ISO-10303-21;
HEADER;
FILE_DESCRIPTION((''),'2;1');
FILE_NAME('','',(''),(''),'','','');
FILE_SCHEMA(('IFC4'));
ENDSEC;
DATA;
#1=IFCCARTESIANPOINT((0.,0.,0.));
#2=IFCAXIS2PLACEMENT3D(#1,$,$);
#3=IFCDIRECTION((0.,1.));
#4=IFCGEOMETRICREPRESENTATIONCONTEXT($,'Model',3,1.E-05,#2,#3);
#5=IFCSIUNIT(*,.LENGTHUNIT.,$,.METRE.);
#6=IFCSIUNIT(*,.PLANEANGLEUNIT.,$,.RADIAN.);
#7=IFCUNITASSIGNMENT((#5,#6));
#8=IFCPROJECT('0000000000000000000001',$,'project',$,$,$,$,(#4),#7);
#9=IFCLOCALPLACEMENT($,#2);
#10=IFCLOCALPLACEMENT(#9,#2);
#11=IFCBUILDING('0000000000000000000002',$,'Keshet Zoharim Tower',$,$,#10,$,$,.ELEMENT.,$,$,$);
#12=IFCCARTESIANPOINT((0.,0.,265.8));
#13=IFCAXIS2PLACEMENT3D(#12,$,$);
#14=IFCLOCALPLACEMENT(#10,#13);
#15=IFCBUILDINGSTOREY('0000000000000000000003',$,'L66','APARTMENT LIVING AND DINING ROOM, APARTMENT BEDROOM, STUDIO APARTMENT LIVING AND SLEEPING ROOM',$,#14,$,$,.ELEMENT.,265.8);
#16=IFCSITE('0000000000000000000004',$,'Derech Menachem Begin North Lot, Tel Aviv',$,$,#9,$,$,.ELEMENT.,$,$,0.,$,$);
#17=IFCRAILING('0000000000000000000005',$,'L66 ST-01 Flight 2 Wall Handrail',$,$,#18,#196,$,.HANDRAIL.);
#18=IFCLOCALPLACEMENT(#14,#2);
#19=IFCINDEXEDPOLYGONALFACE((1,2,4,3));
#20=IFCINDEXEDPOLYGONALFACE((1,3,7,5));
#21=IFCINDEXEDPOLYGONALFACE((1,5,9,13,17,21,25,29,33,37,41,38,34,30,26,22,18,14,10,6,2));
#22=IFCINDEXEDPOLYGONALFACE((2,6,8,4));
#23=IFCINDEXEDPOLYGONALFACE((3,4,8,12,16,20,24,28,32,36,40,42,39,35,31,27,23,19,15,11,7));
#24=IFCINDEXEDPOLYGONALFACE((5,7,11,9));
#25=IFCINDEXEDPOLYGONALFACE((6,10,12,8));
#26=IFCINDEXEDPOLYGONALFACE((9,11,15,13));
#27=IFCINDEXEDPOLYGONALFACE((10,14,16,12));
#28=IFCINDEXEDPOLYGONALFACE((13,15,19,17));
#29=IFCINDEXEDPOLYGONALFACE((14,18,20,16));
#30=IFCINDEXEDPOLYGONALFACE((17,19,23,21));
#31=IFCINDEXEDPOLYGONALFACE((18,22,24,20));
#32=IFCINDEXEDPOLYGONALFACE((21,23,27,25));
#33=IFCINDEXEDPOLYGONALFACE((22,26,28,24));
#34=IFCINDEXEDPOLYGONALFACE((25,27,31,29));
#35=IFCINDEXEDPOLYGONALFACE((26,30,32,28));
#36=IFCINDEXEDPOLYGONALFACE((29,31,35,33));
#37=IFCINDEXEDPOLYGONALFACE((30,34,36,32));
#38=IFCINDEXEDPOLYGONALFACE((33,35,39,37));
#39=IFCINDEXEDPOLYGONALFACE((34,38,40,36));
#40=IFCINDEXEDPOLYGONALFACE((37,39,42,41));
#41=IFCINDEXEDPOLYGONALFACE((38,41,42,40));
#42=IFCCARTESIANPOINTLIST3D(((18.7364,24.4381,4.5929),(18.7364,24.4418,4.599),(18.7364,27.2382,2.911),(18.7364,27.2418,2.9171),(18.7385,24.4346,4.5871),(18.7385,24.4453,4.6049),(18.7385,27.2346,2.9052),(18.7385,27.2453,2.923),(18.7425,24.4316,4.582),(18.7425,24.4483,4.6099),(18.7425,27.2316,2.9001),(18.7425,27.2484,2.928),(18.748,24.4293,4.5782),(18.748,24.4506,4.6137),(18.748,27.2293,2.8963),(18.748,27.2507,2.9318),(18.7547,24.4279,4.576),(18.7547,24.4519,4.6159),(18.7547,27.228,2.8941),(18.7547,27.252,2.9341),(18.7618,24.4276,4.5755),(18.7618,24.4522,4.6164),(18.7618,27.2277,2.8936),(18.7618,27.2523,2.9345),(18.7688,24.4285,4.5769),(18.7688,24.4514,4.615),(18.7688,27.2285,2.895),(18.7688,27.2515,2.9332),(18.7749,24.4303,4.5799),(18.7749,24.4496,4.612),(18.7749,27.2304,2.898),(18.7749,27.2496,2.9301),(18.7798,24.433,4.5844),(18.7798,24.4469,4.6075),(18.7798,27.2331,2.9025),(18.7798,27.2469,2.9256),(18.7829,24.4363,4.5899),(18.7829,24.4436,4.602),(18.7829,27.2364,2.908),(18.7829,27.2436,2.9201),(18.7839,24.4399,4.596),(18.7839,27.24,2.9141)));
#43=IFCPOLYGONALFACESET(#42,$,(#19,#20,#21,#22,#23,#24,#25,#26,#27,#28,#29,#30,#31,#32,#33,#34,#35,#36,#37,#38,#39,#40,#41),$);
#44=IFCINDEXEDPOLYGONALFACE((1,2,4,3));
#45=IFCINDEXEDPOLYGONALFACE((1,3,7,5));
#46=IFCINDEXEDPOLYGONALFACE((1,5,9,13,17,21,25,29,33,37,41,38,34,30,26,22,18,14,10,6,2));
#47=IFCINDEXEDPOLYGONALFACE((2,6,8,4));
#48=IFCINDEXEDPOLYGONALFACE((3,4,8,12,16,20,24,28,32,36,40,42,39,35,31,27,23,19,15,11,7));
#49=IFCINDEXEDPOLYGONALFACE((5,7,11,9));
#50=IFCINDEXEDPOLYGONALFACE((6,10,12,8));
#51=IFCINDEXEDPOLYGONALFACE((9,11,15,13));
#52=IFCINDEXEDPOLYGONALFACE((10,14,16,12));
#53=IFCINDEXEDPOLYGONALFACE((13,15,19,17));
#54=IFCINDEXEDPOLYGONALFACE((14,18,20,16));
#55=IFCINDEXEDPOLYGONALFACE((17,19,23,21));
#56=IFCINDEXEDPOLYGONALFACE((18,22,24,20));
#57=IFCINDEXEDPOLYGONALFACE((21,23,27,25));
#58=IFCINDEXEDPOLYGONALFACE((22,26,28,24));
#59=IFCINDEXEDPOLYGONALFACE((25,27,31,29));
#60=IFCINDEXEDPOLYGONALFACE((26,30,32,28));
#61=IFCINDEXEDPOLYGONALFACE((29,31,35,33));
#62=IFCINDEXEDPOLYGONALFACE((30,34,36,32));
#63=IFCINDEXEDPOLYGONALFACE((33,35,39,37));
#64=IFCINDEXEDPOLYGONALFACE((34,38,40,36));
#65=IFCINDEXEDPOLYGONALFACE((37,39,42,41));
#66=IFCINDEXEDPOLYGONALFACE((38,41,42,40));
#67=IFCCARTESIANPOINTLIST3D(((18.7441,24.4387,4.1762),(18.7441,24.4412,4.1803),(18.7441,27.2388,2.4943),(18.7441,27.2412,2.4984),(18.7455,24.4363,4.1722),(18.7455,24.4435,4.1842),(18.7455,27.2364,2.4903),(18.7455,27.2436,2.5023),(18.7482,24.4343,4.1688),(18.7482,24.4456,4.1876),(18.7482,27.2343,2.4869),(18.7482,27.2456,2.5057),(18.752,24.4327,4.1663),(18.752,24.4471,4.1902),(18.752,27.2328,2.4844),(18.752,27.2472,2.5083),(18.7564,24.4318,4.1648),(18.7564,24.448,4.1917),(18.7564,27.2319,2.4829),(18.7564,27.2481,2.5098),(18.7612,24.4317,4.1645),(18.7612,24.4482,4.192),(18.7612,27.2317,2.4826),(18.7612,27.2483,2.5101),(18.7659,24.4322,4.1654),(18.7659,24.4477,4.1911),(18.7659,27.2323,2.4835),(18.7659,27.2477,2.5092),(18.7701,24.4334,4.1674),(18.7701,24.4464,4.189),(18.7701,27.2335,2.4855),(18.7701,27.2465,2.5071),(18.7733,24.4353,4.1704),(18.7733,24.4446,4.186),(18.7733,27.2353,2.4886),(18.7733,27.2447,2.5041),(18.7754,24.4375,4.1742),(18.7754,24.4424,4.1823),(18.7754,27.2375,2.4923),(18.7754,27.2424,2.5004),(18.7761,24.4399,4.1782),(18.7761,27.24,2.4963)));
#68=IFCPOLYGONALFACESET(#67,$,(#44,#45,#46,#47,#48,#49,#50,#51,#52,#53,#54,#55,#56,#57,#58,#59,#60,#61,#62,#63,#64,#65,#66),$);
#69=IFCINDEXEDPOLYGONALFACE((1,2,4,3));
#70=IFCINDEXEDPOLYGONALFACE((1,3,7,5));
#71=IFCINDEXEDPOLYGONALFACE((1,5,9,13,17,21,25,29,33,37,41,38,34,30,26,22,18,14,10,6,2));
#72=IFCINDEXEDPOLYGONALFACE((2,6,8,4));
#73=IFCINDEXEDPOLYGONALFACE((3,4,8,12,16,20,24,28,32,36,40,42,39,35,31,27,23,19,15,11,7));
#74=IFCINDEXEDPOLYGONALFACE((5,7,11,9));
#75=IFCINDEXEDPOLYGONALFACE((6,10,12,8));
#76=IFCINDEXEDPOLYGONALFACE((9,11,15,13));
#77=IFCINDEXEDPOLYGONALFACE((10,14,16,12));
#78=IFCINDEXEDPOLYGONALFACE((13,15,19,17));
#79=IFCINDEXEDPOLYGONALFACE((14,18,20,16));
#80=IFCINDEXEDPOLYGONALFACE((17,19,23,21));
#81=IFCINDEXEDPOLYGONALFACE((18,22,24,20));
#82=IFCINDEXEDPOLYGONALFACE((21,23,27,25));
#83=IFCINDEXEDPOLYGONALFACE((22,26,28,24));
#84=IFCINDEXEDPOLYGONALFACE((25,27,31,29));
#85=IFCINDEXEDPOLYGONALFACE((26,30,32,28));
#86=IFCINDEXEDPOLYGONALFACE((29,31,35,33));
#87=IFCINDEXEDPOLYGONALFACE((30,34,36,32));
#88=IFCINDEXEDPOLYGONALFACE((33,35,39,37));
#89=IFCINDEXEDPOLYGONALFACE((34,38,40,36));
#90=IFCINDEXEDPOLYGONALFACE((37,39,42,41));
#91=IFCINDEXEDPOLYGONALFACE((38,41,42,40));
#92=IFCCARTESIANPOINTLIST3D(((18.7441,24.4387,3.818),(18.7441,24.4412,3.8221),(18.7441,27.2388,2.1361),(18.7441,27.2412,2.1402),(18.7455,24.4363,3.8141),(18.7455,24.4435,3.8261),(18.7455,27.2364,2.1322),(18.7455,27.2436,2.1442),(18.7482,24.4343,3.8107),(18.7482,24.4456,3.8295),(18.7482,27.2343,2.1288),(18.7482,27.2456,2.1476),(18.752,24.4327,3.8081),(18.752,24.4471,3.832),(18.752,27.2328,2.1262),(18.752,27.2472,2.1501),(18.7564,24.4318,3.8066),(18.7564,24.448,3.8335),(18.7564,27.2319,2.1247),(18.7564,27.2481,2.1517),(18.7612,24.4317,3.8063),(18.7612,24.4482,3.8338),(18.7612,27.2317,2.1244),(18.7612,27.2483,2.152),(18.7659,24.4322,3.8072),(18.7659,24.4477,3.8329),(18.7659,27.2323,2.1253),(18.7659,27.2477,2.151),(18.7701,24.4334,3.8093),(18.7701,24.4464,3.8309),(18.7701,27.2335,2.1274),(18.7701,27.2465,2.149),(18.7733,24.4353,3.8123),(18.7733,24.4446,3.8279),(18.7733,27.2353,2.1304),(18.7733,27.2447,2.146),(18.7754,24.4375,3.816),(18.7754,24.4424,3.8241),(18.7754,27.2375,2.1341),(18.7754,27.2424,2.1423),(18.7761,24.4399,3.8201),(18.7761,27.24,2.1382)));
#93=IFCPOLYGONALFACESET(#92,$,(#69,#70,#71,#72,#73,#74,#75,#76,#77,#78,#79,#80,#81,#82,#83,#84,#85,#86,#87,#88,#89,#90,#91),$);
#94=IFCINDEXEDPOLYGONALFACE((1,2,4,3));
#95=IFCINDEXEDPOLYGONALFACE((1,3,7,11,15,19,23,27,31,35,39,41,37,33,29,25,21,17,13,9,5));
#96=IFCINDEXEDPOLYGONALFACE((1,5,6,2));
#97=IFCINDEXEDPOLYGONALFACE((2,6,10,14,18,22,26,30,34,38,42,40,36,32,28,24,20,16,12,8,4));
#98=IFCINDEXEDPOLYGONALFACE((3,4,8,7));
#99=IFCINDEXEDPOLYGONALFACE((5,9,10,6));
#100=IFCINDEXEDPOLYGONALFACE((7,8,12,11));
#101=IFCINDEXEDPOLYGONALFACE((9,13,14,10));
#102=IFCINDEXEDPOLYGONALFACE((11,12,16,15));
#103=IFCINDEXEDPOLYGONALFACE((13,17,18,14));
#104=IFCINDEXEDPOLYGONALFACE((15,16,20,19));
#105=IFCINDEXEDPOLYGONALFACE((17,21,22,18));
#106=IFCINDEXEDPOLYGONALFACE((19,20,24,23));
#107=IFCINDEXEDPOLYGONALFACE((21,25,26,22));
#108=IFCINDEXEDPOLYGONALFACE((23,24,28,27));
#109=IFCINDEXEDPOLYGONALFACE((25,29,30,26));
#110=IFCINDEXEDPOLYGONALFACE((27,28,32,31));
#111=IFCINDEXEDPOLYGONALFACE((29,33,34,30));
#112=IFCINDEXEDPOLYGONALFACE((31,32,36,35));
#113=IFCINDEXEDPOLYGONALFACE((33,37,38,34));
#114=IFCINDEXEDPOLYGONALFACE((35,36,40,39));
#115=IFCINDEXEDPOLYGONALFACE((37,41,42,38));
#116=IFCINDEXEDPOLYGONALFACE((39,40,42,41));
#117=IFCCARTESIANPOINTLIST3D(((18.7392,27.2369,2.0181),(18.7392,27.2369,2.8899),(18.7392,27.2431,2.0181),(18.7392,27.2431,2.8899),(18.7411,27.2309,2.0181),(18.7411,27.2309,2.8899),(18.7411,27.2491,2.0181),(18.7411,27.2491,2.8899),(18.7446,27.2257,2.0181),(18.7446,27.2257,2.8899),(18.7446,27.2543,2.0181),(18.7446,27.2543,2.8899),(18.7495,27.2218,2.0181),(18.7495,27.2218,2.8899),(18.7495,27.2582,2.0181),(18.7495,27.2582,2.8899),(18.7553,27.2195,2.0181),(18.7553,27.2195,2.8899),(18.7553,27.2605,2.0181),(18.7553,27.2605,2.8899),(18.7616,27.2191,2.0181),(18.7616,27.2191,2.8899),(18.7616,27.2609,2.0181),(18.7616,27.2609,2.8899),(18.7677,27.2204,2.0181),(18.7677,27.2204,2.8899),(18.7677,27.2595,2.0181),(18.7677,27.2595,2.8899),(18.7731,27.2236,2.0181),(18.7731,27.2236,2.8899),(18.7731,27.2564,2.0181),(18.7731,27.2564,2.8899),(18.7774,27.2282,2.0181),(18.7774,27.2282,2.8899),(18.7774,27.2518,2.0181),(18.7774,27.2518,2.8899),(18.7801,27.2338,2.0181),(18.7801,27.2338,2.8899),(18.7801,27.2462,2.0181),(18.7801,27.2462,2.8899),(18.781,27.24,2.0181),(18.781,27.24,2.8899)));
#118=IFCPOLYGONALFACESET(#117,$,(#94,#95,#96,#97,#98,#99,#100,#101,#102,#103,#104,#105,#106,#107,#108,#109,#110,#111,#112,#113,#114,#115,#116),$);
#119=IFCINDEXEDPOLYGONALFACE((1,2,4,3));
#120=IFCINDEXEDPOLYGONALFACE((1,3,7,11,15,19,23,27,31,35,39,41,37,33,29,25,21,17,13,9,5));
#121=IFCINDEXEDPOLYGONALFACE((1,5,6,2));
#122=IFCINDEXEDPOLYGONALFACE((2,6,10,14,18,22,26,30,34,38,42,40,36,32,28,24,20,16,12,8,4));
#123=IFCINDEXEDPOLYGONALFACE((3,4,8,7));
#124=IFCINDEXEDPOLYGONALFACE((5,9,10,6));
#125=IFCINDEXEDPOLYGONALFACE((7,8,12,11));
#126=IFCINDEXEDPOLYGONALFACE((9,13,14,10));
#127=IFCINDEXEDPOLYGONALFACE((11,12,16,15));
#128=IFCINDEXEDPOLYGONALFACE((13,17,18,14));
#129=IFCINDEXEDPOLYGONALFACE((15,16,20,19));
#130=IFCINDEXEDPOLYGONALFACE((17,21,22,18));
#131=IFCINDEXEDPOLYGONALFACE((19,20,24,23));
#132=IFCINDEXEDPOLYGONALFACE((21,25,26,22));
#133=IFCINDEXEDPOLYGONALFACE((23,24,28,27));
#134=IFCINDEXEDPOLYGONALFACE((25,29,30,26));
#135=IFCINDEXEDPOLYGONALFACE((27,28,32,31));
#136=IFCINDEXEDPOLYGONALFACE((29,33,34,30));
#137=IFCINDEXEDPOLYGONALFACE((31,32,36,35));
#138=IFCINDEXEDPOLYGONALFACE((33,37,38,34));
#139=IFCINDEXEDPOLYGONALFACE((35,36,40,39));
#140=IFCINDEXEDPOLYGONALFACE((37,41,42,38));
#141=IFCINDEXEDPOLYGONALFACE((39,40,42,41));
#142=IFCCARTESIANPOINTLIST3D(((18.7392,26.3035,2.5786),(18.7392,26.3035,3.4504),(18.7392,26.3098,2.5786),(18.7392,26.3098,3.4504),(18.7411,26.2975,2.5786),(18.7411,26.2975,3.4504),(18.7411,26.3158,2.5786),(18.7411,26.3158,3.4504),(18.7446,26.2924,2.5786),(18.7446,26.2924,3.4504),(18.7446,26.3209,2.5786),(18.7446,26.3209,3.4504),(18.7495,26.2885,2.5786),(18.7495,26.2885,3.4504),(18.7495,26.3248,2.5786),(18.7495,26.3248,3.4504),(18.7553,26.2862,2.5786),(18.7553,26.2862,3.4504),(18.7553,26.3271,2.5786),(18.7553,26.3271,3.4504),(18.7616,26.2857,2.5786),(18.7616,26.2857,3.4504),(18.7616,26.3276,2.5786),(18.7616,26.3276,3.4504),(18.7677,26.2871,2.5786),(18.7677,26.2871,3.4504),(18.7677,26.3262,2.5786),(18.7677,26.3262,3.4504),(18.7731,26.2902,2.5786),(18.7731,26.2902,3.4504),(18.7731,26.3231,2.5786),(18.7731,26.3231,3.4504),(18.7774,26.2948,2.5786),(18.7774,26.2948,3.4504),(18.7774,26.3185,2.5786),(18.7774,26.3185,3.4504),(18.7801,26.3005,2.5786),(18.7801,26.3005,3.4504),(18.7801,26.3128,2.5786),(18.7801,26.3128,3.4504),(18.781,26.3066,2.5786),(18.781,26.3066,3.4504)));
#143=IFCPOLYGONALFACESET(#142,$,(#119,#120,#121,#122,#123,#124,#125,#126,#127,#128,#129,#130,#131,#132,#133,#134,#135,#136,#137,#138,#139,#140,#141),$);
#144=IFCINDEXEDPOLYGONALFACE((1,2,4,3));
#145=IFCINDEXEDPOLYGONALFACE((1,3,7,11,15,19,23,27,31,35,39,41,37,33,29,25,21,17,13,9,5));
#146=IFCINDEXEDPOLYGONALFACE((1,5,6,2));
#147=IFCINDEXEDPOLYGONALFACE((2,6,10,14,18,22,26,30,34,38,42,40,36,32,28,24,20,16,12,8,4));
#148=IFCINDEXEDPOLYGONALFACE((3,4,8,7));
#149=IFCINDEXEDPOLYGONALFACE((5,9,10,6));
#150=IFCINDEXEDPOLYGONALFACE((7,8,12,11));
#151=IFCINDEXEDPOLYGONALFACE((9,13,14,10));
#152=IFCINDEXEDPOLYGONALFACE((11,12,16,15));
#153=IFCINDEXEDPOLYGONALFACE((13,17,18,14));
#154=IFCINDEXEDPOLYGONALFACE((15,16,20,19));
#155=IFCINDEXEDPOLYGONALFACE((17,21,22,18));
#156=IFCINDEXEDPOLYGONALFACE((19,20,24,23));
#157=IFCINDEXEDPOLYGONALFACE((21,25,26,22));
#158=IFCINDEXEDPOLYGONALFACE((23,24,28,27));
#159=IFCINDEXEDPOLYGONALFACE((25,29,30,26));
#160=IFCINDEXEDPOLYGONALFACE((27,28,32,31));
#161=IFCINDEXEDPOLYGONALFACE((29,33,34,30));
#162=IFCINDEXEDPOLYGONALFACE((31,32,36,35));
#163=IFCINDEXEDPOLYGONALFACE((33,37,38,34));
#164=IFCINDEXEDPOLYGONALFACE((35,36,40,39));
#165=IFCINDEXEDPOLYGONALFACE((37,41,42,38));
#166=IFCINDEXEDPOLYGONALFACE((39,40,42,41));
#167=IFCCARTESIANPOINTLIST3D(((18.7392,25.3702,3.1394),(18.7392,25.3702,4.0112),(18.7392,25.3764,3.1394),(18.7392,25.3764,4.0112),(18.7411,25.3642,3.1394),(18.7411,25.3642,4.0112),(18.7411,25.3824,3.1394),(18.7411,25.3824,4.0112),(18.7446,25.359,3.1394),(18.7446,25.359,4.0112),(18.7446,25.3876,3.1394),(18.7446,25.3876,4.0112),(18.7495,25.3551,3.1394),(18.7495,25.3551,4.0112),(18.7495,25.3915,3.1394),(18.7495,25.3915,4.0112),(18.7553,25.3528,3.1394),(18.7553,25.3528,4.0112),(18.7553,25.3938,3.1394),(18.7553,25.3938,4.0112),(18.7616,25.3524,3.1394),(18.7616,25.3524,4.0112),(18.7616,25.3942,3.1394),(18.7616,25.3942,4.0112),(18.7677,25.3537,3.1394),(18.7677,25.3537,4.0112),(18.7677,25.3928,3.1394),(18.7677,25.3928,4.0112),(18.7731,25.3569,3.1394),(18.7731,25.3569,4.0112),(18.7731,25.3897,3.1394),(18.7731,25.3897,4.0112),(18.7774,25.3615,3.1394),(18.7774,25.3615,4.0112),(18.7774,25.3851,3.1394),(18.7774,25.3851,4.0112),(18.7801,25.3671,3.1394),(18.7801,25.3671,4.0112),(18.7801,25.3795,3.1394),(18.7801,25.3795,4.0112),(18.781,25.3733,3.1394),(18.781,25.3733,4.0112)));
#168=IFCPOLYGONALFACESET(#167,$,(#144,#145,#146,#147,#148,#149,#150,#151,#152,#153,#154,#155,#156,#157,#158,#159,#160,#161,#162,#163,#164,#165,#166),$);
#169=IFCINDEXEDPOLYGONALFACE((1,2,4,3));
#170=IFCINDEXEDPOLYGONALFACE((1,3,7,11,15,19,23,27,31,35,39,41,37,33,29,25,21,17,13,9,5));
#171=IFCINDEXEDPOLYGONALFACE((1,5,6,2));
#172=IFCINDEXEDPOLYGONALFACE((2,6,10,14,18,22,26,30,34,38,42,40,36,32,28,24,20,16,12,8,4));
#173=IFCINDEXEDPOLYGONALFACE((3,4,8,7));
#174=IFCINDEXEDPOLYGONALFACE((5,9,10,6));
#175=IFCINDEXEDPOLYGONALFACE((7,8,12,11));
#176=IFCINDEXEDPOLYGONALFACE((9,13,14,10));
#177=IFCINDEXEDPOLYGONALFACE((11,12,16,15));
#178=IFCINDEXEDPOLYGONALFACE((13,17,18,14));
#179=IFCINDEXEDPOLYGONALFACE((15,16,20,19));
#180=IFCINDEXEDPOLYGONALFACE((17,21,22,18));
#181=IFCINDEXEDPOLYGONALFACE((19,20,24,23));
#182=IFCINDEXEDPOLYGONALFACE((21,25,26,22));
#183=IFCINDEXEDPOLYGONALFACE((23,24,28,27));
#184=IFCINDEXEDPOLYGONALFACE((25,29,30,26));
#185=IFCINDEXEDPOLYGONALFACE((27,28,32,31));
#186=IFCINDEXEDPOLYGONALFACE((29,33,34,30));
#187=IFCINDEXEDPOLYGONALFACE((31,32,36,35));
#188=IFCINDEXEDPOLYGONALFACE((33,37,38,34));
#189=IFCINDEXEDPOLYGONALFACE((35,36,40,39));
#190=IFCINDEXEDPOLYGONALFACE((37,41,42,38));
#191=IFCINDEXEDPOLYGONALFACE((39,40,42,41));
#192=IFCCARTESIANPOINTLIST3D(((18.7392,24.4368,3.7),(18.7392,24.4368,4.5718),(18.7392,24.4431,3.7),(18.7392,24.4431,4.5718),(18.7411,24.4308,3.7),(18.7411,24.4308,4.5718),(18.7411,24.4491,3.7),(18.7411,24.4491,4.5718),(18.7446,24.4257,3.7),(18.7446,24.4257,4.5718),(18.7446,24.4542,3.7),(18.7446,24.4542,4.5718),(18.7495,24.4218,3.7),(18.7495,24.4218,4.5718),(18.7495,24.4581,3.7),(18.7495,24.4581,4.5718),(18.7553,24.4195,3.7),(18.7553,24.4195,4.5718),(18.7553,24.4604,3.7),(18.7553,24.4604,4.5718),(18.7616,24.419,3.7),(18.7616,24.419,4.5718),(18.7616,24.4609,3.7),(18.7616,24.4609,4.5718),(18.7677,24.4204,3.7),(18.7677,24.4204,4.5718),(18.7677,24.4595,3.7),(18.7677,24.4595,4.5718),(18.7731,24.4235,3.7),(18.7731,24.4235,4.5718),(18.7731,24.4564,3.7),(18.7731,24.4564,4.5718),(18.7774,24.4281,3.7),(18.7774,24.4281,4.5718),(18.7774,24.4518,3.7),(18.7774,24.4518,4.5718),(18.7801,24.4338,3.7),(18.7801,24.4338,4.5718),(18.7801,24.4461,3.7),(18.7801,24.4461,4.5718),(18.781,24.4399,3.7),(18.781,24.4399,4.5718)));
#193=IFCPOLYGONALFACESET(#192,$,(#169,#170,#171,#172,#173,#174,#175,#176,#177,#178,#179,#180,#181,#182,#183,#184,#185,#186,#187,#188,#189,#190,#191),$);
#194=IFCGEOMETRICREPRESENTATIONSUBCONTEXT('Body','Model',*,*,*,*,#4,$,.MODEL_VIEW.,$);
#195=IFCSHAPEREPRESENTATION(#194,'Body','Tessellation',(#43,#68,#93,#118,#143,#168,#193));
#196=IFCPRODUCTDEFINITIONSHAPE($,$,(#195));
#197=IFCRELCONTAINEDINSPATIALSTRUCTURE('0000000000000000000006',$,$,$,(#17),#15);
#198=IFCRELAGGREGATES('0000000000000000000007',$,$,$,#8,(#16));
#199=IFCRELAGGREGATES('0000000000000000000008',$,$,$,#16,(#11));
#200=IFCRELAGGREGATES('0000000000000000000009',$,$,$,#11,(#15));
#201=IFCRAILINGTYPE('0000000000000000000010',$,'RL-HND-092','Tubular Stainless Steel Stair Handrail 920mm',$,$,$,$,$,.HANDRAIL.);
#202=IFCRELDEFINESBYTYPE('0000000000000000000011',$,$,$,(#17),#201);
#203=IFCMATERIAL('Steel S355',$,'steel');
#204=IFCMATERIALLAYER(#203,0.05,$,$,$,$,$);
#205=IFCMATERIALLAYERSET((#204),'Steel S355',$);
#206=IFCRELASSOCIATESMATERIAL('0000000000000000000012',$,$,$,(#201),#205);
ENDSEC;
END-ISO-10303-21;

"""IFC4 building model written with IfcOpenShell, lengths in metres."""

from ifc_helpers import new_model, si_unit, direction, frame, origin, origin_2d, place, context, subcontext, project, spatial, circle, extrude, material, layer, layer_set, type_object, element, save


model = new_model("IFC4")

# Units and contexts
model_context = context("Model", 3, precision=1e-05, world=origin(), true_north=direction((0.0, 1.0)))
body_context = subcontext(model_context, "Body", "Model", "MODEL_VIEW")
ifc_project = project(units=[si_unit("LENGTHUNIT", "METRE"), si_unit("PLANEANGLEUNIT", "RADIAN")], contexts=[model_context])

# Site, building, storey
site_placement = place(None, origin())
site = spatial("IfcSite", under=ifc_project, at=site_placement, Name="Derech Menachem Begin North Lot, Tel Aviv", CompositionType="ELEMENT", RefElevation=0.0)
building_placement = place(site_placement, origin())
building = spatial("IfcBuilding", under=site, at=building_placement, Name="Keshet Zoharim Tower", CompositionType="ELEMENT")
storey_placement = place(building_placement, frame((0.0, 0.0, 265.8)))
storey = spatial("IfcBuildingStorey", under=building, at=storey_placement, Name="L66", Description="APARTMENT LIVING AND DINING ROOM, APARTMENT BEDROOM, STUDIO APARTMENT LIVING AND SLEEPING ROOM", CompositionType="ELEMENT", Elevation=265.8)

# Shared definitions
ifc_material_1 = material(Name="Steel S355", Category="steel")

# Railing
ifc_layer_1 = layer(ifc_material_1, 0.05)
ifc_layer_set_1 = layer_set([ifc_layer_1], Name="Steel S355")
railing_type_1 = type_object("IfcRailingType", Name="RL-HND-092", Description="Tubular Stainless Steel Stair Handrail 920mm", PredefinedType="HANDRAIL", material=ifc_layer_set_1)
railing_1_placement = place(storey_placement, frame((18.76, 27.24, 2.0181)))
element("IfcRailing", 1, at=railing_1_placement, inside=storey, type_object=railing_type_1, Name="L66 ST-01 Flight 2 Wall Handrail", PredefinedType="HANDRAIL", context=body_context, shape_type="SweptSolid", body=[
    extrude(circle(Radius=0.0239, at=origin_2d()), frame((0.0, 0.0, 0.896), z_axis=(0.0, -0.857242, 0.514913), x_axis=(1.0, 0.0, 0.0)), (0.0, 0.0, 1.0), 3.2664),
    extrude(circle(Radius=0.0161, at=origin_2d()), frame((0.0, 0.0, 0.4783), z_axis=(0.0, -0.857242, 0.514913), x_axis=(1.0, 0.0, 0.0)), (0.0, 0.0, 1.0), 3.2664),
    extrude(circle(Radius=0.0161, at=origin_2d()), frame((0.0, 0.0, 0.1201), z_axis=(0.0, -0.857242, 0.514913), x_axis=(1.0, 0.0, 0.0)), (0.0, 0.0, 1.0), 3.2664),
    extrude(circle(Radius=0.021, at=origin_2d()), origin(), (0.0, 0.0, 1.0), 0.8718),
    extrude(circle(Radius=0.021, at=origin_2d()), frame((0.0, -0.9333, 0.5605)), (0.0, 0.0, 1.0), 0.8718),
    extrude(circle(Radius=0.021, at=origin_2d()), frame((0.0, -1.8667, 1.1213)), (0.0, 0.0, 1.0), 0.8718),
    extrude(circle(Radius=0.021, at=origin_2d()), frame((0.0, -2.8, 1.6819)), (0.0, 0.0, 1.0), 0.8718),
])

save(model, "model.ifc")
